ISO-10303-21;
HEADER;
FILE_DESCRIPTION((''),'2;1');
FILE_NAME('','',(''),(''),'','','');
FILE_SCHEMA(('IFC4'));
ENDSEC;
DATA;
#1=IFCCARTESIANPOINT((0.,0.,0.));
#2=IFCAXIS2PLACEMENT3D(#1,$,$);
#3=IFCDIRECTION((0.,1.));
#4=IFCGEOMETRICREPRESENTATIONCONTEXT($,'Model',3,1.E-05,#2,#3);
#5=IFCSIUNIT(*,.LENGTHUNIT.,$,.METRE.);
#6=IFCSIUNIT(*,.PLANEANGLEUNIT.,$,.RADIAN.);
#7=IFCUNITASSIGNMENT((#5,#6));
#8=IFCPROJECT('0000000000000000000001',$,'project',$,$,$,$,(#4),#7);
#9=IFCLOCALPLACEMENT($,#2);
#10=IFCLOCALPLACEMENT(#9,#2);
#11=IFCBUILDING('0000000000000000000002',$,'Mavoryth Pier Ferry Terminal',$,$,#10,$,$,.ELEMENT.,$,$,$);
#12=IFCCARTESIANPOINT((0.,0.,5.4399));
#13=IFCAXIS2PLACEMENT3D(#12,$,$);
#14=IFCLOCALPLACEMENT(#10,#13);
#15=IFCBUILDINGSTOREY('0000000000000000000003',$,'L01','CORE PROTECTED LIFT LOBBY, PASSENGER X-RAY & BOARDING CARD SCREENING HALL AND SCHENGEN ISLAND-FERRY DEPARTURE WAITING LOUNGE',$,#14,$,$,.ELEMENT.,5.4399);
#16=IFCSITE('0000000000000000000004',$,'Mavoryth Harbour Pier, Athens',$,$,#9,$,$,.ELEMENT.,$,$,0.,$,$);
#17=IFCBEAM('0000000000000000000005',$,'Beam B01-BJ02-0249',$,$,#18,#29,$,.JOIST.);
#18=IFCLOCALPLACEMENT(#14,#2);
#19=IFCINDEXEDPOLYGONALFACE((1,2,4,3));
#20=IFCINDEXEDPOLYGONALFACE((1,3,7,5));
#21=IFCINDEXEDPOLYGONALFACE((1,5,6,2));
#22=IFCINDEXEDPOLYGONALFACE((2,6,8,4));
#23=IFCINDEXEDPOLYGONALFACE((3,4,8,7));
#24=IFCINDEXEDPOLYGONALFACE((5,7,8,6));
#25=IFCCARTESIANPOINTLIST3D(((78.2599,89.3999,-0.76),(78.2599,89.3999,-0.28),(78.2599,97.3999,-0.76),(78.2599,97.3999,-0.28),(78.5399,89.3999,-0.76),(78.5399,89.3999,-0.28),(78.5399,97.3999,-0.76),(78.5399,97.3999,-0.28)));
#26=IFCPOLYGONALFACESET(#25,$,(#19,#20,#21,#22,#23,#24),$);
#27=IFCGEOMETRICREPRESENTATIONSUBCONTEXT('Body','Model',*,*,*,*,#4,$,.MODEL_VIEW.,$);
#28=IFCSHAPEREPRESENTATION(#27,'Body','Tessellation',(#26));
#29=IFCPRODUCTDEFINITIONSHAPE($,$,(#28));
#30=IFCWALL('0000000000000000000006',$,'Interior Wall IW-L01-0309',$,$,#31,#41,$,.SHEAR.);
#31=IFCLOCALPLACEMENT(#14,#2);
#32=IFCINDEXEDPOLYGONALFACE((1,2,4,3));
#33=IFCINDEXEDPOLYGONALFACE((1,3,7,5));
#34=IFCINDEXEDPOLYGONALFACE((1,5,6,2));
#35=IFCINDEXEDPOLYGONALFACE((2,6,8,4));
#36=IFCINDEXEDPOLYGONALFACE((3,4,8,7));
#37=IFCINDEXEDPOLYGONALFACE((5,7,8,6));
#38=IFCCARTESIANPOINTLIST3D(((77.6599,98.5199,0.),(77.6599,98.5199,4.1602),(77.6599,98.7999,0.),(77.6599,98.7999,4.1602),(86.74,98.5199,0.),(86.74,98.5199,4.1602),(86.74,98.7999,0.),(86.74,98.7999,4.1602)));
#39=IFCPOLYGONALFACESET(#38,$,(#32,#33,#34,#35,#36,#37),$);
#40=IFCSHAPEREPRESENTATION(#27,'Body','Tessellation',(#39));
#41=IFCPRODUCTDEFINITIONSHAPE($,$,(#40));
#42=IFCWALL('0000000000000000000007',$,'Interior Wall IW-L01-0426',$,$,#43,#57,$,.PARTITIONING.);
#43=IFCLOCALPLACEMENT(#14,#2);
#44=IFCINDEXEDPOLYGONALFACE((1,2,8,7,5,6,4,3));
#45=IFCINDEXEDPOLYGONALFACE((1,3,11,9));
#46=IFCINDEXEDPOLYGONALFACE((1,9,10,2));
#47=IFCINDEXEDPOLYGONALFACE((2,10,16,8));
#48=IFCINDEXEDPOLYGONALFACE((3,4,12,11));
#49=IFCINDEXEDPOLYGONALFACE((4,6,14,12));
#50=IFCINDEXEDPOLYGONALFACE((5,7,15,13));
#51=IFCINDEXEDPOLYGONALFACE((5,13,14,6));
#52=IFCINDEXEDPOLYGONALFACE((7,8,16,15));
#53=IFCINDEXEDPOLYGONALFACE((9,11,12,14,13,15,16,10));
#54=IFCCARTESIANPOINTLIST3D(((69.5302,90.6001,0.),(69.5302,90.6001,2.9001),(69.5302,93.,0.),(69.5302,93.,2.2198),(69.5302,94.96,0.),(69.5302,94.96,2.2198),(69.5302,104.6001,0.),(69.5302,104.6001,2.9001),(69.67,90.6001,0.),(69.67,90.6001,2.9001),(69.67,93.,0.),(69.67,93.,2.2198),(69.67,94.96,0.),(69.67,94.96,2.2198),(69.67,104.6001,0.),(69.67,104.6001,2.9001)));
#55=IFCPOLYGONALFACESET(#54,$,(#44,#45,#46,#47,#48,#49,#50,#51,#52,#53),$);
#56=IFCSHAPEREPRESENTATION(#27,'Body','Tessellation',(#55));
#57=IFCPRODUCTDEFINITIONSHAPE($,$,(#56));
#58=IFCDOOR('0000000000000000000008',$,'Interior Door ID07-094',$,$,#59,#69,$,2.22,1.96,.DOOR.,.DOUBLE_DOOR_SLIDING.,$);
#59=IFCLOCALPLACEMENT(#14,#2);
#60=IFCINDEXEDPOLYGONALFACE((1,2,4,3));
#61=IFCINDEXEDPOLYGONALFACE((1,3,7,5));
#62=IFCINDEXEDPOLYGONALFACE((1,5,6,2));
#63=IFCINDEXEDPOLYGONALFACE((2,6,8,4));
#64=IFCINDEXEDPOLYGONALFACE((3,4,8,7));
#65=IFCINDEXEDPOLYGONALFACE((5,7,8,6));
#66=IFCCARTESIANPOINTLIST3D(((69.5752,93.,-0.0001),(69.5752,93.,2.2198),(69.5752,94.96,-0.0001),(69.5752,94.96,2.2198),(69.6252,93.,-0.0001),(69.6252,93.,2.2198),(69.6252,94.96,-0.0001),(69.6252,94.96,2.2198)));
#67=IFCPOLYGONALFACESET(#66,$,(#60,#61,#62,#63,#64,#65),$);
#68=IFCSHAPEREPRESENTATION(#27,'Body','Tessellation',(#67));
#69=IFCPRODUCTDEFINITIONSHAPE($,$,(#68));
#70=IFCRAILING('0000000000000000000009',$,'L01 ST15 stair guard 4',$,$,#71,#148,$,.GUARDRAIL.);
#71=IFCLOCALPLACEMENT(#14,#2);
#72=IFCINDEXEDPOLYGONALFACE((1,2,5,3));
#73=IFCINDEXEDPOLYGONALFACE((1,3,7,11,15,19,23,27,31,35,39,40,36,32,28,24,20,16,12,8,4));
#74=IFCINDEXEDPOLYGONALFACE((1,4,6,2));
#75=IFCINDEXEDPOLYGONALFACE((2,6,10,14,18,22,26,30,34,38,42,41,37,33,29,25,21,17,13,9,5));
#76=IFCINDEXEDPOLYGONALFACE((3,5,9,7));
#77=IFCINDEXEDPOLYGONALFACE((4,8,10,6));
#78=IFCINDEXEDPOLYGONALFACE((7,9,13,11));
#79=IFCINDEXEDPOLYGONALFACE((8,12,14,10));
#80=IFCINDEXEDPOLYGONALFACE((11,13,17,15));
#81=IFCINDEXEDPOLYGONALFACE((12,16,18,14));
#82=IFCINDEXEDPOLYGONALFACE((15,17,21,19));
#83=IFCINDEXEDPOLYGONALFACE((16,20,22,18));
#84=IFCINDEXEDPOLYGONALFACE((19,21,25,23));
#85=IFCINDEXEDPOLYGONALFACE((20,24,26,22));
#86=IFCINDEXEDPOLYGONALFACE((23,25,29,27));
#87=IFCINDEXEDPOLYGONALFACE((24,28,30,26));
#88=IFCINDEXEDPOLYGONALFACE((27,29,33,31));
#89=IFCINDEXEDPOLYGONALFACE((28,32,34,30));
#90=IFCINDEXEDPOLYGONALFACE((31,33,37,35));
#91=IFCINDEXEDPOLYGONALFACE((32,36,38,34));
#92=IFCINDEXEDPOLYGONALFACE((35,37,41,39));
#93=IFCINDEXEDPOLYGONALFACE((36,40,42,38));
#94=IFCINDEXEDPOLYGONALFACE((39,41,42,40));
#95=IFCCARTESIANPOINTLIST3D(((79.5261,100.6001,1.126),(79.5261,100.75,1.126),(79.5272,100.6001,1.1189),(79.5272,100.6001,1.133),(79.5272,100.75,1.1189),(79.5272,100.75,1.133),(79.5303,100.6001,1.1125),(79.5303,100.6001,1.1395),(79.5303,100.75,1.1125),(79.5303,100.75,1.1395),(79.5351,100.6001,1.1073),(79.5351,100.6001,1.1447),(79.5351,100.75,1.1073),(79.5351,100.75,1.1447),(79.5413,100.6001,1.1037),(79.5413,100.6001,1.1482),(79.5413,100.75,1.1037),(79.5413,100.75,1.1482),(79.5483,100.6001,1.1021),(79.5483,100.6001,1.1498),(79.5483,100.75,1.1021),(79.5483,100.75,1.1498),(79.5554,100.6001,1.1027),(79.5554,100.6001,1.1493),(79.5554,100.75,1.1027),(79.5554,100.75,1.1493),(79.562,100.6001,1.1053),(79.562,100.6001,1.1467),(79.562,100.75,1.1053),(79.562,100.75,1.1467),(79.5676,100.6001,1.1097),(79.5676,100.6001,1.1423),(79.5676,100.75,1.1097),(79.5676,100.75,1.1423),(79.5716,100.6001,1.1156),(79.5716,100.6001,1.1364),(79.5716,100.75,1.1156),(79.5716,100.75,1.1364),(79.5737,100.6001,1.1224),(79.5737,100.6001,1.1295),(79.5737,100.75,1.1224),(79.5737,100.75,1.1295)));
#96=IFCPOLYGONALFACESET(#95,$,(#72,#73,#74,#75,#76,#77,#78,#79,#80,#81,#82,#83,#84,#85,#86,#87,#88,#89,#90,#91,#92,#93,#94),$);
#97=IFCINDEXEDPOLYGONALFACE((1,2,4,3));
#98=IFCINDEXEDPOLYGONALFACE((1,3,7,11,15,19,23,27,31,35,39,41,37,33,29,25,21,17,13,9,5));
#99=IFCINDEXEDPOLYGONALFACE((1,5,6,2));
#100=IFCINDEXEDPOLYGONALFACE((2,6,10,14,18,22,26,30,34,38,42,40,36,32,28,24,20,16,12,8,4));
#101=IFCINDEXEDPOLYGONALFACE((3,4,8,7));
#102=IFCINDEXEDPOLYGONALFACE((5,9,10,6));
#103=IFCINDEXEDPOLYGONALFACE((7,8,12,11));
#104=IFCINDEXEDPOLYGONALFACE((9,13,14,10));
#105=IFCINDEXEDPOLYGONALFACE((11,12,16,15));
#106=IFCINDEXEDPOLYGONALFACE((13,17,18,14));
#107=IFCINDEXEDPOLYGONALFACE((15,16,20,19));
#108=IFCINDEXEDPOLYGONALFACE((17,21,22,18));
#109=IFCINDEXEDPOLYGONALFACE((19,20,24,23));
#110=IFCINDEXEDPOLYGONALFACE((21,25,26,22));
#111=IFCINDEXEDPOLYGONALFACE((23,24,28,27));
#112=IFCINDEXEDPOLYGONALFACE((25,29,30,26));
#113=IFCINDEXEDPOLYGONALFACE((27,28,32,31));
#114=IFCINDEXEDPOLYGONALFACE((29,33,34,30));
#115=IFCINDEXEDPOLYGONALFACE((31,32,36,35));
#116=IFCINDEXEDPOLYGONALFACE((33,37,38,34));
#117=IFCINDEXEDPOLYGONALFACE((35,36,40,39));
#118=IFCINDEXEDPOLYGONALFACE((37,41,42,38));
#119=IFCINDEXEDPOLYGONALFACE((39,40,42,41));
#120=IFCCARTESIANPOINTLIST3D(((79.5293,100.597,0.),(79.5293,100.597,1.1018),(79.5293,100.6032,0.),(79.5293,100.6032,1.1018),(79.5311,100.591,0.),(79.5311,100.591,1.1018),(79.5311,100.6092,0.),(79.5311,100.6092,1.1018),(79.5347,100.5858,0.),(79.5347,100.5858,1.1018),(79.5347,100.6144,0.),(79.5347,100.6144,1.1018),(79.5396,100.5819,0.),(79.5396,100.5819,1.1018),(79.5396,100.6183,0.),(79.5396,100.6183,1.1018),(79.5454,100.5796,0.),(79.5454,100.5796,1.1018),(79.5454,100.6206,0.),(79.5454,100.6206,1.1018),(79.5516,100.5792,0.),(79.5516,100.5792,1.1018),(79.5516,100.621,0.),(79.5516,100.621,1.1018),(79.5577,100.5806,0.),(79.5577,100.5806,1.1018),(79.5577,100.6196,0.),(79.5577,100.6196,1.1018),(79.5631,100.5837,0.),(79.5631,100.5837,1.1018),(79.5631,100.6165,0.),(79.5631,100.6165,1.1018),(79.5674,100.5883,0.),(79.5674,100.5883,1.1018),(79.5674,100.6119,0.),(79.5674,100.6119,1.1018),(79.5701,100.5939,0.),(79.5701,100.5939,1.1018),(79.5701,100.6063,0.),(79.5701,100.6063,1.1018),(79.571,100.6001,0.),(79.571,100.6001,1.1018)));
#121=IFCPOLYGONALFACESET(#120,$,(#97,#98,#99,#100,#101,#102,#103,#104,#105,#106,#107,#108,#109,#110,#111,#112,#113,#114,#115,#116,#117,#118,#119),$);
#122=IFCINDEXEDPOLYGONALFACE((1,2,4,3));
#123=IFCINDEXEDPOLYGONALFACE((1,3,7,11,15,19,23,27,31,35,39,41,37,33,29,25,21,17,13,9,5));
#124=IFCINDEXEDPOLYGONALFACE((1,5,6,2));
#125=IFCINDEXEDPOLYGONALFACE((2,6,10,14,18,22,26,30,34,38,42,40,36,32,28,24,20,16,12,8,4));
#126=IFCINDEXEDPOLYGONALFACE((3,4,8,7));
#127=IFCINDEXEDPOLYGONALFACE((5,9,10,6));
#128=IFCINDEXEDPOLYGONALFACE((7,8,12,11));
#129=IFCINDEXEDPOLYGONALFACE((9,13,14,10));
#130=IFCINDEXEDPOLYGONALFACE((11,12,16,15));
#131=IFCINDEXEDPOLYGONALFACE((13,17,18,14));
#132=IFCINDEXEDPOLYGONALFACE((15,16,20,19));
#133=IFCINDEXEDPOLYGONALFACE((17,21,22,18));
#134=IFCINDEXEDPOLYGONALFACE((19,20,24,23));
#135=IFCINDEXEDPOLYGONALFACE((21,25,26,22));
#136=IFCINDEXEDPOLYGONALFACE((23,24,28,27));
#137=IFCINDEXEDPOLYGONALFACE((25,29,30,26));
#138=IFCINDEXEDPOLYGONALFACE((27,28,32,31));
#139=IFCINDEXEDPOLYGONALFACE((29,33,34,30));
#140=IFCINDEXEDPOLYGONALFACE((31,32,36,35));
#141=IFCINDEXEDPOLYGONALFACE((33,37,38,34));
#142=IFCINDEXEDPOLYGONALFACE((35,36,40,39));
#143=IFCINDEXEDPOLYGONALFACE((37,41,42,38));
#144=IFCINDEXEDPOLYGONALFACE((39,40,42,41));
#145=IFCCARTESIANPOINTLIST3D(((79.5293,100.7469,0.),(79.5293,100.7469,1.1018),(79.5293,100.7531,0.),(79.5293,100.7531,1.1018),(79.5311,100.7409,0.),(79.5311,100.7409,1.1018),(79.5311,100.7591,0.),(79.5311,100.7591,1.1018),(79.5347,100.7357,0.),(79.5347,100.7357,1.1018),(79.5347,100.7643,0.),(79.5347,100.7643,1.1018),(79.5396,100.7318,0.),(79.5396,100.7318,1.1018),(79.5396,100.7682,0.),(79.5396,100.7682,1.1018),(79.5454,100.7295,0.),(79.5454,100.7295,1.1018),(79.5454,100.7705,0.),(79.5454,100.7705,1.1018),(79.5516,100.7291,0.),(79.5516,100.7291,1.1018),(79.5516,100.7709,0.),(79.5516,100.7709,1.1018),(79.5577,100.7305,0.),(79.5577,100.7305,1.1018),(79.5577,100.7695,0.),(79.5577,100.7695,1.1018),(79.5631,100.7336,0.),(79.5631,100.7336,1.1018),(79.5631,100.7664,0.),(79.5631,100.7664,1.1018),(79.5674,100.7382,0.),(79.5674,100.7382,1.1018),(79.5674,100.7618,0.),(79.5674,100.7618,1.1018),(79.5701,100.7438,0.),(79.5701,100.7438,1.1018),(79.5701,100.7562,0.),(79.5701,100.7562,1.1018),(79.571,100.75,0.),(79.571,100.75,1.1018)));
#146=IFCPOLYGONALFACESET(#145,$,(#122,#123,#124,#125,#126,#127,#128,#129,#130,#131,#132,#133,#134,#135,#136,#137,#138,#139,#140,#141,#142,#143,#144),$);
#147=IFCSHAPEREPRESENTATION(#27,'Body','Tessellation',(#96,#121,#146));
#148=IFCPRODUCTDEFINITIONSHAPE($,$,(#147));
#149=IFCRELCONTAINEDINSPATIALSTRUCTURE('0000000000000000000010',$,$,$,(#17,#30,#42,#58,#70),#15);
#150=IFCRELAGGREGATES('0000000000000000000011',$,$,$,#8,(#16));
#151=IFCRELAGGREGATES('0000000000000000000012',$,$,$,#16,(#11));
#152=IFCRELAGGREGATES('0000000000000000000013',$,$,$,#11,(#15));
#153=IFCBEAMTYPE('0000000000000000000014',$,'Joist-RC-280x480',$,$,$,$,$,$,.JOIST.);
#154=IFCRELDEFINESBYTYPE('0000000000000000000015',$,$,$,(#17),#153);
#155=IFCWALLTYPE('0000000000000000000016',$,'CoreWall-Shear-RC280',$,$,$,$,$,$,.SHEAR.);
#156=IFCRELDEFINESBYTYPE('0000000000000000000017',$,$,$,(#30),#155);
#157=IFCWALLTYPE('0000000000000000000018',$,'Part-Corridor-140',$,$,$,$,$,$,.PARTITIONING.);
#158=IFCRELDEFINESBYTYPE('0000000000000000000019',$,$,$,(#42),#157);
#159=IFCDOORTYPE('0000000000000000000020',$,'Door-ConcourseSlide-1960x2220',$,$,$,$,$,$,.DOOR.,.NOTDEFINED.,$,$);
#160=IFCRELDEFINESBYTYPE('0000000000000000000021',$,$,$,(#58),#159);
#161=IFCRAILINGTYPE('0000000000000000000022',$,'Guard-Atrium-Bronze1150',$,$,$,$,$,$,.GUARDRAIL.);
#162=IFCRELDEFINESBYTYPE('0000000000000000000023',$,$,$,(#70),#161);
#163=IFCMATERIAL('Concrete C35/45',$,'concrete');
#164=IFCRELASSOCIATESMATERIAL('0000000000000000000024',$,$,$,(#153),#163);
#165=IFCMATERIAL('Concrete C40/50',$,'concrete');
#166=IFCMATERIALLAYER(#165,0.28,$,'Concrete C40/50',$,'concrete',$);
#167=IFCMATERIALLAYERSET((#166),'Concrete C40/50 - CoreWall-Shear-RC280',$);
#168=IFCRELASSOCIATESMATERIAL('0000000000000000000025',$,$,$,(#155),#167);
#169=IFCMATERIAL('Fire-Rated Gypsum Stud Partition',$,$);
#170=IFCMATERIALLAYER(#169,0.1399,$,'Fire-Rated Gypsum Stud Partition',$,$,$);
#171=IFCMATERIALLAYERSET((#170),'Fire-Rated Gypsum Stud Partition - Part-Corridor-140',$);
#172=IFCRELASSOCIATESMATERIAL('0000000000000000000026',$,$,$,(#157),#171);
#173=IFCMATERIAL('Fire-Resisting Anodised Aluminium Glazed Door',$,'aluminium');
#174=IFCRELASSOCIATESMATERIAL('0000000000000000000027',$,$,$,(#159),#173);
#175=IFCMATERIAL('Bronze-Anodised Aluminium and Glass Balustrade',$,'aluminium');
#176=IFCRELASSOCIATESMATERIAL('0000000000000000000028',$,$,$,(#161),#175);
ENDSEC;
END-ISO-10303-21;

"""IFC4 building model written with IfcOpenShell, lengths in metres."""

from ifc_helpers import new_model, si_unit, direction, frame, frame_2d, origin, origin_2d, place, context, subcontext, project, spatial, rectangle, circle, extrude, material, layer, layer_set, material_profile, profile_set, type_object, element, fill, save


model = new_model("IFC4")

# Units and contexts
model_context = context("Model", 3, precision=1e-05, world=origin(), true_north=direction((0.0, 1.0)))
body_context = subcontext(model_context, "Body", "Model", "MODEL_VIEW")
ifc_project = project(units=[si_unit("LENGTHUNIT", "METRE"), si_unit("PLANEANGLEUNIT", "RADIAN")], contexts=[model_context])

# Site, building, storey
site_placement = place(None, origin())
site = spatial("IfcSite", under=ifc_project, at=site_placement, Name="Mavoryth Harbour Pier, Athens", CompositionType="ELEMENT", RefElevation=0.0)
building_placement = place(site_placement, origin())
building = spatial("IfcBuilding", under=site, at=building_placement, Name="Mavoryth Pier Ferry Terminal", CompositionType="ELEMENT")
storey_placement = place(building_placement, frame((0.0, 0.0, 5.4399)))
storey = spatial("IfcBuildingStorey", under=building, at=storey_placement, Name="L01", Description="CORE PROTECTED LIFT LOBBY, PASSENGER X-RAY & BOARDING CARD SCREENING HALL AND SCHENGEN ISLAND-FERRY DEPARTURE WAITING LOUNGE", CompositionType="ELEMENT", Elevation=5.4399)

# Shared definitions
ifc_material_1 = material(Name="Concrete C40/50", Category="concrete")

# Beam
ifc_material_2 = material(Name="Concrete C35/45", Category="concrete")
ifc_material_profile_1 = material_profile(ifc_material_2, rectangle(XDim=0.28, YDim=0.48, at=origin_2d()), Name="RC 280x480", Category="concrete")
ifc_profile_set_1 = profile_set([ifc_material_profile_1], Name="Concrete C35/45 - RC 280x480")
beam_type_1 = type_object("IfcBeamType", Name="Joist-RC-280x480", PredefinedType="JOIST", material=ifc_profile_set_1)
beam_1_placement = place(storey_placement, frame((78.3999, 89.3999, -0.52), z_axis=(0.0, 1.0, 0.0), x_axis=(-1.0, 0.0, 0.0)))
element("IfcBeam", 1, at=beam_1_placement, inside=storey, type_object=beam_type_1, Name="Beam B01-BJ02-0249", PredefinedType="JOIST", context=body_context, shape_type="SweptSolid", body=[
    extrude(rectangle(XDim=0.28, YDim=0.48, at=origin_2d()), origin(), (0.0, 0.0, 1.0), 8.0),
])

# Wall
ifc_layer_1 = layer(ifc_material_1, 0.28, Name="Concrete C40/50", Category="concrete")
ifc_layer_set_1 = layer_set([ifc_layer_1], Name="Concrete C40/50 - CoreWall-Shear-RC280")
wall_type_1 = type_object("IfcWallType", Name="CoreWall-Shear-RC280", PredefinedType="SHEAR", material=ifc_layer_set_1)
wall_1_placement = place(storey_placement, frame((77.6599, 98.6599, 0.0), z_axis=(0.0, 0.0, 1.0), x_axis=(1.0, 0.0, 0.0)))
element("IfcWall", 2, at=wall_1_placement, inside=storey, type_object=wall_type_1, Name="Interior Wall IW-L01-0309", PredefinedType="SHEAR", context=body_context, shape_type="SweptSolid", body=[
    extrude(rectangle(XDim=9.0801, YDim=0.28, at=frame_2d((4.54, 0.0))), origin(), (0.0, 0.0, 1.0), 4.1602),
])

# Wall, opening, door
ifc_material_3 = material(Name="Fire-Rated Gypsum Stud Partition")
ifc_layer_2 = layer(ifc_material_3, 0.1399, Name="Fire-Rated Gypsum Stud Partition")
ifc_layer_set_2 = layer_set([ifc_layer_2], Name="Fire-Rated Gypsum Stud Partition - Part-Corridor-140")
wall_type_2 = type_object("IfcWallType", Name="Part-Corridor-140", PredefinedType="PARTITIONING", material=ifc_layer_set_2)
wall_2_placement = place(storey_placement, frame((69.6001, 90.6001, 0.0), z_axis=(0.0, 0.0, 1.0), x_axis=(0.0, 1.0, 0.0)))
wall_2 = element("IfcWall", 3, at=wall_2_placement, inside=storey, type_object=wall_type_2, Name="Interior Wall IW-L01-0426", PredefinedType="PARTITIONING", context=body_context, shape_type="SweptSolid", body=[
    extrude(rectangle(XDim=14.0, YDim=0.1399, at=frame_2d((7.0, 0.0))), origin(), (0.0, 0.0, 1.0), 2.9001),
])
opening_placement = place(wall_2_placement, frame((2.3999, 0.0, 0.0)))
opening = element("IfcOpeningElement", 4, at=opening_placement, cuts=wall_2, PredefinedType="OPENING", context=body_context, shape_type="SweptSolid", body=[
    extrude(rectangle(XDim=1.96, YDim=2.22, at=frame_2d((0.98, 1.1099))), frame((0.0, 0.0798, 0.0), z_axis=(0.0, -1.0, 0.0), x_axis=(1.0, 0.0, 0.0)), (0.0, 0.0, 1.0), 0.1599),
])
ifc_material_4 = material(Name="Fire-Resisting Anodised Aluminium Glazed Door", Category="aluminium")
door_type = type_object("IfcDoorType", Name="Door-ConcourseSlide-1960x2220", OperationType="NOTDEFINED", PredefinedType="DOOR", material=ifc_material_4)
door_placement = place(opening_placement, origin())
door = element("IfcDoor", 5, at=door_placement, inside=storey, type_object=door_type, Name="Interior Door ID07-094", OperationType="DOUBLE_DOOR_SLIDING", OverallHeight=2.22, OverallWidth=1.96, PredefinedType="DOOR", context=body_context, shape_type="SweptSolid", body=[
    extrude(rectangle(XDim=1.96, YDim=2.22, at=frame_2d((0.98, 1.1099))), frame((0.0, 0.0249, 0.0), z_axis=(0.0, -1.0, 0.0), x_axis=(1.0, 0.0, 0.0)), (0.0, 0.0, 1.0), 0.05),
])
fill(opening, door)

# Railing
ifc_material_5 = material(Name="Bronze-Anodised Aluminium and Glass Balustrade", Category="aluminium")
railing_type = type_object("IfcRailingType", Name="Guard-Atrium-Bronze1150", PredefinedType="GUARDRAIL", material=ifc_material_5)
railing_placement = place(storey_placement, frame((79.55, 100.6001, 0.0)))
element("IfcRailing", 6, at=railing_placement, inside=storey, type_object=railing_type, Name="L01 ST15 stair guard 4", PredefinedType="GUARDRAIL", context=body_context, shape_type="SweptSolid", body=[
    extrude(circle(Radius=0.0239, at=origin_2d()), frame((0.0, 0.0, 1.126), z_axis=(0.0, 1.0, 0.0), x_axis=(-1.0, 0.0, 0.0)), (0.0, 0.0, 1.0), 0.1499),
    extrude(circle(Radius=0.021, at=origin_2d()), origin(), (0.0, 0.0, 1.0), 1.1018),
    extrude(circle(Radius=0.021, at=origin_2d()), frame((0.0, 0.1499, 0.0)), (0.0, 0.0, 1.0), 1.1018),
])

save(model, "model.ifc")
